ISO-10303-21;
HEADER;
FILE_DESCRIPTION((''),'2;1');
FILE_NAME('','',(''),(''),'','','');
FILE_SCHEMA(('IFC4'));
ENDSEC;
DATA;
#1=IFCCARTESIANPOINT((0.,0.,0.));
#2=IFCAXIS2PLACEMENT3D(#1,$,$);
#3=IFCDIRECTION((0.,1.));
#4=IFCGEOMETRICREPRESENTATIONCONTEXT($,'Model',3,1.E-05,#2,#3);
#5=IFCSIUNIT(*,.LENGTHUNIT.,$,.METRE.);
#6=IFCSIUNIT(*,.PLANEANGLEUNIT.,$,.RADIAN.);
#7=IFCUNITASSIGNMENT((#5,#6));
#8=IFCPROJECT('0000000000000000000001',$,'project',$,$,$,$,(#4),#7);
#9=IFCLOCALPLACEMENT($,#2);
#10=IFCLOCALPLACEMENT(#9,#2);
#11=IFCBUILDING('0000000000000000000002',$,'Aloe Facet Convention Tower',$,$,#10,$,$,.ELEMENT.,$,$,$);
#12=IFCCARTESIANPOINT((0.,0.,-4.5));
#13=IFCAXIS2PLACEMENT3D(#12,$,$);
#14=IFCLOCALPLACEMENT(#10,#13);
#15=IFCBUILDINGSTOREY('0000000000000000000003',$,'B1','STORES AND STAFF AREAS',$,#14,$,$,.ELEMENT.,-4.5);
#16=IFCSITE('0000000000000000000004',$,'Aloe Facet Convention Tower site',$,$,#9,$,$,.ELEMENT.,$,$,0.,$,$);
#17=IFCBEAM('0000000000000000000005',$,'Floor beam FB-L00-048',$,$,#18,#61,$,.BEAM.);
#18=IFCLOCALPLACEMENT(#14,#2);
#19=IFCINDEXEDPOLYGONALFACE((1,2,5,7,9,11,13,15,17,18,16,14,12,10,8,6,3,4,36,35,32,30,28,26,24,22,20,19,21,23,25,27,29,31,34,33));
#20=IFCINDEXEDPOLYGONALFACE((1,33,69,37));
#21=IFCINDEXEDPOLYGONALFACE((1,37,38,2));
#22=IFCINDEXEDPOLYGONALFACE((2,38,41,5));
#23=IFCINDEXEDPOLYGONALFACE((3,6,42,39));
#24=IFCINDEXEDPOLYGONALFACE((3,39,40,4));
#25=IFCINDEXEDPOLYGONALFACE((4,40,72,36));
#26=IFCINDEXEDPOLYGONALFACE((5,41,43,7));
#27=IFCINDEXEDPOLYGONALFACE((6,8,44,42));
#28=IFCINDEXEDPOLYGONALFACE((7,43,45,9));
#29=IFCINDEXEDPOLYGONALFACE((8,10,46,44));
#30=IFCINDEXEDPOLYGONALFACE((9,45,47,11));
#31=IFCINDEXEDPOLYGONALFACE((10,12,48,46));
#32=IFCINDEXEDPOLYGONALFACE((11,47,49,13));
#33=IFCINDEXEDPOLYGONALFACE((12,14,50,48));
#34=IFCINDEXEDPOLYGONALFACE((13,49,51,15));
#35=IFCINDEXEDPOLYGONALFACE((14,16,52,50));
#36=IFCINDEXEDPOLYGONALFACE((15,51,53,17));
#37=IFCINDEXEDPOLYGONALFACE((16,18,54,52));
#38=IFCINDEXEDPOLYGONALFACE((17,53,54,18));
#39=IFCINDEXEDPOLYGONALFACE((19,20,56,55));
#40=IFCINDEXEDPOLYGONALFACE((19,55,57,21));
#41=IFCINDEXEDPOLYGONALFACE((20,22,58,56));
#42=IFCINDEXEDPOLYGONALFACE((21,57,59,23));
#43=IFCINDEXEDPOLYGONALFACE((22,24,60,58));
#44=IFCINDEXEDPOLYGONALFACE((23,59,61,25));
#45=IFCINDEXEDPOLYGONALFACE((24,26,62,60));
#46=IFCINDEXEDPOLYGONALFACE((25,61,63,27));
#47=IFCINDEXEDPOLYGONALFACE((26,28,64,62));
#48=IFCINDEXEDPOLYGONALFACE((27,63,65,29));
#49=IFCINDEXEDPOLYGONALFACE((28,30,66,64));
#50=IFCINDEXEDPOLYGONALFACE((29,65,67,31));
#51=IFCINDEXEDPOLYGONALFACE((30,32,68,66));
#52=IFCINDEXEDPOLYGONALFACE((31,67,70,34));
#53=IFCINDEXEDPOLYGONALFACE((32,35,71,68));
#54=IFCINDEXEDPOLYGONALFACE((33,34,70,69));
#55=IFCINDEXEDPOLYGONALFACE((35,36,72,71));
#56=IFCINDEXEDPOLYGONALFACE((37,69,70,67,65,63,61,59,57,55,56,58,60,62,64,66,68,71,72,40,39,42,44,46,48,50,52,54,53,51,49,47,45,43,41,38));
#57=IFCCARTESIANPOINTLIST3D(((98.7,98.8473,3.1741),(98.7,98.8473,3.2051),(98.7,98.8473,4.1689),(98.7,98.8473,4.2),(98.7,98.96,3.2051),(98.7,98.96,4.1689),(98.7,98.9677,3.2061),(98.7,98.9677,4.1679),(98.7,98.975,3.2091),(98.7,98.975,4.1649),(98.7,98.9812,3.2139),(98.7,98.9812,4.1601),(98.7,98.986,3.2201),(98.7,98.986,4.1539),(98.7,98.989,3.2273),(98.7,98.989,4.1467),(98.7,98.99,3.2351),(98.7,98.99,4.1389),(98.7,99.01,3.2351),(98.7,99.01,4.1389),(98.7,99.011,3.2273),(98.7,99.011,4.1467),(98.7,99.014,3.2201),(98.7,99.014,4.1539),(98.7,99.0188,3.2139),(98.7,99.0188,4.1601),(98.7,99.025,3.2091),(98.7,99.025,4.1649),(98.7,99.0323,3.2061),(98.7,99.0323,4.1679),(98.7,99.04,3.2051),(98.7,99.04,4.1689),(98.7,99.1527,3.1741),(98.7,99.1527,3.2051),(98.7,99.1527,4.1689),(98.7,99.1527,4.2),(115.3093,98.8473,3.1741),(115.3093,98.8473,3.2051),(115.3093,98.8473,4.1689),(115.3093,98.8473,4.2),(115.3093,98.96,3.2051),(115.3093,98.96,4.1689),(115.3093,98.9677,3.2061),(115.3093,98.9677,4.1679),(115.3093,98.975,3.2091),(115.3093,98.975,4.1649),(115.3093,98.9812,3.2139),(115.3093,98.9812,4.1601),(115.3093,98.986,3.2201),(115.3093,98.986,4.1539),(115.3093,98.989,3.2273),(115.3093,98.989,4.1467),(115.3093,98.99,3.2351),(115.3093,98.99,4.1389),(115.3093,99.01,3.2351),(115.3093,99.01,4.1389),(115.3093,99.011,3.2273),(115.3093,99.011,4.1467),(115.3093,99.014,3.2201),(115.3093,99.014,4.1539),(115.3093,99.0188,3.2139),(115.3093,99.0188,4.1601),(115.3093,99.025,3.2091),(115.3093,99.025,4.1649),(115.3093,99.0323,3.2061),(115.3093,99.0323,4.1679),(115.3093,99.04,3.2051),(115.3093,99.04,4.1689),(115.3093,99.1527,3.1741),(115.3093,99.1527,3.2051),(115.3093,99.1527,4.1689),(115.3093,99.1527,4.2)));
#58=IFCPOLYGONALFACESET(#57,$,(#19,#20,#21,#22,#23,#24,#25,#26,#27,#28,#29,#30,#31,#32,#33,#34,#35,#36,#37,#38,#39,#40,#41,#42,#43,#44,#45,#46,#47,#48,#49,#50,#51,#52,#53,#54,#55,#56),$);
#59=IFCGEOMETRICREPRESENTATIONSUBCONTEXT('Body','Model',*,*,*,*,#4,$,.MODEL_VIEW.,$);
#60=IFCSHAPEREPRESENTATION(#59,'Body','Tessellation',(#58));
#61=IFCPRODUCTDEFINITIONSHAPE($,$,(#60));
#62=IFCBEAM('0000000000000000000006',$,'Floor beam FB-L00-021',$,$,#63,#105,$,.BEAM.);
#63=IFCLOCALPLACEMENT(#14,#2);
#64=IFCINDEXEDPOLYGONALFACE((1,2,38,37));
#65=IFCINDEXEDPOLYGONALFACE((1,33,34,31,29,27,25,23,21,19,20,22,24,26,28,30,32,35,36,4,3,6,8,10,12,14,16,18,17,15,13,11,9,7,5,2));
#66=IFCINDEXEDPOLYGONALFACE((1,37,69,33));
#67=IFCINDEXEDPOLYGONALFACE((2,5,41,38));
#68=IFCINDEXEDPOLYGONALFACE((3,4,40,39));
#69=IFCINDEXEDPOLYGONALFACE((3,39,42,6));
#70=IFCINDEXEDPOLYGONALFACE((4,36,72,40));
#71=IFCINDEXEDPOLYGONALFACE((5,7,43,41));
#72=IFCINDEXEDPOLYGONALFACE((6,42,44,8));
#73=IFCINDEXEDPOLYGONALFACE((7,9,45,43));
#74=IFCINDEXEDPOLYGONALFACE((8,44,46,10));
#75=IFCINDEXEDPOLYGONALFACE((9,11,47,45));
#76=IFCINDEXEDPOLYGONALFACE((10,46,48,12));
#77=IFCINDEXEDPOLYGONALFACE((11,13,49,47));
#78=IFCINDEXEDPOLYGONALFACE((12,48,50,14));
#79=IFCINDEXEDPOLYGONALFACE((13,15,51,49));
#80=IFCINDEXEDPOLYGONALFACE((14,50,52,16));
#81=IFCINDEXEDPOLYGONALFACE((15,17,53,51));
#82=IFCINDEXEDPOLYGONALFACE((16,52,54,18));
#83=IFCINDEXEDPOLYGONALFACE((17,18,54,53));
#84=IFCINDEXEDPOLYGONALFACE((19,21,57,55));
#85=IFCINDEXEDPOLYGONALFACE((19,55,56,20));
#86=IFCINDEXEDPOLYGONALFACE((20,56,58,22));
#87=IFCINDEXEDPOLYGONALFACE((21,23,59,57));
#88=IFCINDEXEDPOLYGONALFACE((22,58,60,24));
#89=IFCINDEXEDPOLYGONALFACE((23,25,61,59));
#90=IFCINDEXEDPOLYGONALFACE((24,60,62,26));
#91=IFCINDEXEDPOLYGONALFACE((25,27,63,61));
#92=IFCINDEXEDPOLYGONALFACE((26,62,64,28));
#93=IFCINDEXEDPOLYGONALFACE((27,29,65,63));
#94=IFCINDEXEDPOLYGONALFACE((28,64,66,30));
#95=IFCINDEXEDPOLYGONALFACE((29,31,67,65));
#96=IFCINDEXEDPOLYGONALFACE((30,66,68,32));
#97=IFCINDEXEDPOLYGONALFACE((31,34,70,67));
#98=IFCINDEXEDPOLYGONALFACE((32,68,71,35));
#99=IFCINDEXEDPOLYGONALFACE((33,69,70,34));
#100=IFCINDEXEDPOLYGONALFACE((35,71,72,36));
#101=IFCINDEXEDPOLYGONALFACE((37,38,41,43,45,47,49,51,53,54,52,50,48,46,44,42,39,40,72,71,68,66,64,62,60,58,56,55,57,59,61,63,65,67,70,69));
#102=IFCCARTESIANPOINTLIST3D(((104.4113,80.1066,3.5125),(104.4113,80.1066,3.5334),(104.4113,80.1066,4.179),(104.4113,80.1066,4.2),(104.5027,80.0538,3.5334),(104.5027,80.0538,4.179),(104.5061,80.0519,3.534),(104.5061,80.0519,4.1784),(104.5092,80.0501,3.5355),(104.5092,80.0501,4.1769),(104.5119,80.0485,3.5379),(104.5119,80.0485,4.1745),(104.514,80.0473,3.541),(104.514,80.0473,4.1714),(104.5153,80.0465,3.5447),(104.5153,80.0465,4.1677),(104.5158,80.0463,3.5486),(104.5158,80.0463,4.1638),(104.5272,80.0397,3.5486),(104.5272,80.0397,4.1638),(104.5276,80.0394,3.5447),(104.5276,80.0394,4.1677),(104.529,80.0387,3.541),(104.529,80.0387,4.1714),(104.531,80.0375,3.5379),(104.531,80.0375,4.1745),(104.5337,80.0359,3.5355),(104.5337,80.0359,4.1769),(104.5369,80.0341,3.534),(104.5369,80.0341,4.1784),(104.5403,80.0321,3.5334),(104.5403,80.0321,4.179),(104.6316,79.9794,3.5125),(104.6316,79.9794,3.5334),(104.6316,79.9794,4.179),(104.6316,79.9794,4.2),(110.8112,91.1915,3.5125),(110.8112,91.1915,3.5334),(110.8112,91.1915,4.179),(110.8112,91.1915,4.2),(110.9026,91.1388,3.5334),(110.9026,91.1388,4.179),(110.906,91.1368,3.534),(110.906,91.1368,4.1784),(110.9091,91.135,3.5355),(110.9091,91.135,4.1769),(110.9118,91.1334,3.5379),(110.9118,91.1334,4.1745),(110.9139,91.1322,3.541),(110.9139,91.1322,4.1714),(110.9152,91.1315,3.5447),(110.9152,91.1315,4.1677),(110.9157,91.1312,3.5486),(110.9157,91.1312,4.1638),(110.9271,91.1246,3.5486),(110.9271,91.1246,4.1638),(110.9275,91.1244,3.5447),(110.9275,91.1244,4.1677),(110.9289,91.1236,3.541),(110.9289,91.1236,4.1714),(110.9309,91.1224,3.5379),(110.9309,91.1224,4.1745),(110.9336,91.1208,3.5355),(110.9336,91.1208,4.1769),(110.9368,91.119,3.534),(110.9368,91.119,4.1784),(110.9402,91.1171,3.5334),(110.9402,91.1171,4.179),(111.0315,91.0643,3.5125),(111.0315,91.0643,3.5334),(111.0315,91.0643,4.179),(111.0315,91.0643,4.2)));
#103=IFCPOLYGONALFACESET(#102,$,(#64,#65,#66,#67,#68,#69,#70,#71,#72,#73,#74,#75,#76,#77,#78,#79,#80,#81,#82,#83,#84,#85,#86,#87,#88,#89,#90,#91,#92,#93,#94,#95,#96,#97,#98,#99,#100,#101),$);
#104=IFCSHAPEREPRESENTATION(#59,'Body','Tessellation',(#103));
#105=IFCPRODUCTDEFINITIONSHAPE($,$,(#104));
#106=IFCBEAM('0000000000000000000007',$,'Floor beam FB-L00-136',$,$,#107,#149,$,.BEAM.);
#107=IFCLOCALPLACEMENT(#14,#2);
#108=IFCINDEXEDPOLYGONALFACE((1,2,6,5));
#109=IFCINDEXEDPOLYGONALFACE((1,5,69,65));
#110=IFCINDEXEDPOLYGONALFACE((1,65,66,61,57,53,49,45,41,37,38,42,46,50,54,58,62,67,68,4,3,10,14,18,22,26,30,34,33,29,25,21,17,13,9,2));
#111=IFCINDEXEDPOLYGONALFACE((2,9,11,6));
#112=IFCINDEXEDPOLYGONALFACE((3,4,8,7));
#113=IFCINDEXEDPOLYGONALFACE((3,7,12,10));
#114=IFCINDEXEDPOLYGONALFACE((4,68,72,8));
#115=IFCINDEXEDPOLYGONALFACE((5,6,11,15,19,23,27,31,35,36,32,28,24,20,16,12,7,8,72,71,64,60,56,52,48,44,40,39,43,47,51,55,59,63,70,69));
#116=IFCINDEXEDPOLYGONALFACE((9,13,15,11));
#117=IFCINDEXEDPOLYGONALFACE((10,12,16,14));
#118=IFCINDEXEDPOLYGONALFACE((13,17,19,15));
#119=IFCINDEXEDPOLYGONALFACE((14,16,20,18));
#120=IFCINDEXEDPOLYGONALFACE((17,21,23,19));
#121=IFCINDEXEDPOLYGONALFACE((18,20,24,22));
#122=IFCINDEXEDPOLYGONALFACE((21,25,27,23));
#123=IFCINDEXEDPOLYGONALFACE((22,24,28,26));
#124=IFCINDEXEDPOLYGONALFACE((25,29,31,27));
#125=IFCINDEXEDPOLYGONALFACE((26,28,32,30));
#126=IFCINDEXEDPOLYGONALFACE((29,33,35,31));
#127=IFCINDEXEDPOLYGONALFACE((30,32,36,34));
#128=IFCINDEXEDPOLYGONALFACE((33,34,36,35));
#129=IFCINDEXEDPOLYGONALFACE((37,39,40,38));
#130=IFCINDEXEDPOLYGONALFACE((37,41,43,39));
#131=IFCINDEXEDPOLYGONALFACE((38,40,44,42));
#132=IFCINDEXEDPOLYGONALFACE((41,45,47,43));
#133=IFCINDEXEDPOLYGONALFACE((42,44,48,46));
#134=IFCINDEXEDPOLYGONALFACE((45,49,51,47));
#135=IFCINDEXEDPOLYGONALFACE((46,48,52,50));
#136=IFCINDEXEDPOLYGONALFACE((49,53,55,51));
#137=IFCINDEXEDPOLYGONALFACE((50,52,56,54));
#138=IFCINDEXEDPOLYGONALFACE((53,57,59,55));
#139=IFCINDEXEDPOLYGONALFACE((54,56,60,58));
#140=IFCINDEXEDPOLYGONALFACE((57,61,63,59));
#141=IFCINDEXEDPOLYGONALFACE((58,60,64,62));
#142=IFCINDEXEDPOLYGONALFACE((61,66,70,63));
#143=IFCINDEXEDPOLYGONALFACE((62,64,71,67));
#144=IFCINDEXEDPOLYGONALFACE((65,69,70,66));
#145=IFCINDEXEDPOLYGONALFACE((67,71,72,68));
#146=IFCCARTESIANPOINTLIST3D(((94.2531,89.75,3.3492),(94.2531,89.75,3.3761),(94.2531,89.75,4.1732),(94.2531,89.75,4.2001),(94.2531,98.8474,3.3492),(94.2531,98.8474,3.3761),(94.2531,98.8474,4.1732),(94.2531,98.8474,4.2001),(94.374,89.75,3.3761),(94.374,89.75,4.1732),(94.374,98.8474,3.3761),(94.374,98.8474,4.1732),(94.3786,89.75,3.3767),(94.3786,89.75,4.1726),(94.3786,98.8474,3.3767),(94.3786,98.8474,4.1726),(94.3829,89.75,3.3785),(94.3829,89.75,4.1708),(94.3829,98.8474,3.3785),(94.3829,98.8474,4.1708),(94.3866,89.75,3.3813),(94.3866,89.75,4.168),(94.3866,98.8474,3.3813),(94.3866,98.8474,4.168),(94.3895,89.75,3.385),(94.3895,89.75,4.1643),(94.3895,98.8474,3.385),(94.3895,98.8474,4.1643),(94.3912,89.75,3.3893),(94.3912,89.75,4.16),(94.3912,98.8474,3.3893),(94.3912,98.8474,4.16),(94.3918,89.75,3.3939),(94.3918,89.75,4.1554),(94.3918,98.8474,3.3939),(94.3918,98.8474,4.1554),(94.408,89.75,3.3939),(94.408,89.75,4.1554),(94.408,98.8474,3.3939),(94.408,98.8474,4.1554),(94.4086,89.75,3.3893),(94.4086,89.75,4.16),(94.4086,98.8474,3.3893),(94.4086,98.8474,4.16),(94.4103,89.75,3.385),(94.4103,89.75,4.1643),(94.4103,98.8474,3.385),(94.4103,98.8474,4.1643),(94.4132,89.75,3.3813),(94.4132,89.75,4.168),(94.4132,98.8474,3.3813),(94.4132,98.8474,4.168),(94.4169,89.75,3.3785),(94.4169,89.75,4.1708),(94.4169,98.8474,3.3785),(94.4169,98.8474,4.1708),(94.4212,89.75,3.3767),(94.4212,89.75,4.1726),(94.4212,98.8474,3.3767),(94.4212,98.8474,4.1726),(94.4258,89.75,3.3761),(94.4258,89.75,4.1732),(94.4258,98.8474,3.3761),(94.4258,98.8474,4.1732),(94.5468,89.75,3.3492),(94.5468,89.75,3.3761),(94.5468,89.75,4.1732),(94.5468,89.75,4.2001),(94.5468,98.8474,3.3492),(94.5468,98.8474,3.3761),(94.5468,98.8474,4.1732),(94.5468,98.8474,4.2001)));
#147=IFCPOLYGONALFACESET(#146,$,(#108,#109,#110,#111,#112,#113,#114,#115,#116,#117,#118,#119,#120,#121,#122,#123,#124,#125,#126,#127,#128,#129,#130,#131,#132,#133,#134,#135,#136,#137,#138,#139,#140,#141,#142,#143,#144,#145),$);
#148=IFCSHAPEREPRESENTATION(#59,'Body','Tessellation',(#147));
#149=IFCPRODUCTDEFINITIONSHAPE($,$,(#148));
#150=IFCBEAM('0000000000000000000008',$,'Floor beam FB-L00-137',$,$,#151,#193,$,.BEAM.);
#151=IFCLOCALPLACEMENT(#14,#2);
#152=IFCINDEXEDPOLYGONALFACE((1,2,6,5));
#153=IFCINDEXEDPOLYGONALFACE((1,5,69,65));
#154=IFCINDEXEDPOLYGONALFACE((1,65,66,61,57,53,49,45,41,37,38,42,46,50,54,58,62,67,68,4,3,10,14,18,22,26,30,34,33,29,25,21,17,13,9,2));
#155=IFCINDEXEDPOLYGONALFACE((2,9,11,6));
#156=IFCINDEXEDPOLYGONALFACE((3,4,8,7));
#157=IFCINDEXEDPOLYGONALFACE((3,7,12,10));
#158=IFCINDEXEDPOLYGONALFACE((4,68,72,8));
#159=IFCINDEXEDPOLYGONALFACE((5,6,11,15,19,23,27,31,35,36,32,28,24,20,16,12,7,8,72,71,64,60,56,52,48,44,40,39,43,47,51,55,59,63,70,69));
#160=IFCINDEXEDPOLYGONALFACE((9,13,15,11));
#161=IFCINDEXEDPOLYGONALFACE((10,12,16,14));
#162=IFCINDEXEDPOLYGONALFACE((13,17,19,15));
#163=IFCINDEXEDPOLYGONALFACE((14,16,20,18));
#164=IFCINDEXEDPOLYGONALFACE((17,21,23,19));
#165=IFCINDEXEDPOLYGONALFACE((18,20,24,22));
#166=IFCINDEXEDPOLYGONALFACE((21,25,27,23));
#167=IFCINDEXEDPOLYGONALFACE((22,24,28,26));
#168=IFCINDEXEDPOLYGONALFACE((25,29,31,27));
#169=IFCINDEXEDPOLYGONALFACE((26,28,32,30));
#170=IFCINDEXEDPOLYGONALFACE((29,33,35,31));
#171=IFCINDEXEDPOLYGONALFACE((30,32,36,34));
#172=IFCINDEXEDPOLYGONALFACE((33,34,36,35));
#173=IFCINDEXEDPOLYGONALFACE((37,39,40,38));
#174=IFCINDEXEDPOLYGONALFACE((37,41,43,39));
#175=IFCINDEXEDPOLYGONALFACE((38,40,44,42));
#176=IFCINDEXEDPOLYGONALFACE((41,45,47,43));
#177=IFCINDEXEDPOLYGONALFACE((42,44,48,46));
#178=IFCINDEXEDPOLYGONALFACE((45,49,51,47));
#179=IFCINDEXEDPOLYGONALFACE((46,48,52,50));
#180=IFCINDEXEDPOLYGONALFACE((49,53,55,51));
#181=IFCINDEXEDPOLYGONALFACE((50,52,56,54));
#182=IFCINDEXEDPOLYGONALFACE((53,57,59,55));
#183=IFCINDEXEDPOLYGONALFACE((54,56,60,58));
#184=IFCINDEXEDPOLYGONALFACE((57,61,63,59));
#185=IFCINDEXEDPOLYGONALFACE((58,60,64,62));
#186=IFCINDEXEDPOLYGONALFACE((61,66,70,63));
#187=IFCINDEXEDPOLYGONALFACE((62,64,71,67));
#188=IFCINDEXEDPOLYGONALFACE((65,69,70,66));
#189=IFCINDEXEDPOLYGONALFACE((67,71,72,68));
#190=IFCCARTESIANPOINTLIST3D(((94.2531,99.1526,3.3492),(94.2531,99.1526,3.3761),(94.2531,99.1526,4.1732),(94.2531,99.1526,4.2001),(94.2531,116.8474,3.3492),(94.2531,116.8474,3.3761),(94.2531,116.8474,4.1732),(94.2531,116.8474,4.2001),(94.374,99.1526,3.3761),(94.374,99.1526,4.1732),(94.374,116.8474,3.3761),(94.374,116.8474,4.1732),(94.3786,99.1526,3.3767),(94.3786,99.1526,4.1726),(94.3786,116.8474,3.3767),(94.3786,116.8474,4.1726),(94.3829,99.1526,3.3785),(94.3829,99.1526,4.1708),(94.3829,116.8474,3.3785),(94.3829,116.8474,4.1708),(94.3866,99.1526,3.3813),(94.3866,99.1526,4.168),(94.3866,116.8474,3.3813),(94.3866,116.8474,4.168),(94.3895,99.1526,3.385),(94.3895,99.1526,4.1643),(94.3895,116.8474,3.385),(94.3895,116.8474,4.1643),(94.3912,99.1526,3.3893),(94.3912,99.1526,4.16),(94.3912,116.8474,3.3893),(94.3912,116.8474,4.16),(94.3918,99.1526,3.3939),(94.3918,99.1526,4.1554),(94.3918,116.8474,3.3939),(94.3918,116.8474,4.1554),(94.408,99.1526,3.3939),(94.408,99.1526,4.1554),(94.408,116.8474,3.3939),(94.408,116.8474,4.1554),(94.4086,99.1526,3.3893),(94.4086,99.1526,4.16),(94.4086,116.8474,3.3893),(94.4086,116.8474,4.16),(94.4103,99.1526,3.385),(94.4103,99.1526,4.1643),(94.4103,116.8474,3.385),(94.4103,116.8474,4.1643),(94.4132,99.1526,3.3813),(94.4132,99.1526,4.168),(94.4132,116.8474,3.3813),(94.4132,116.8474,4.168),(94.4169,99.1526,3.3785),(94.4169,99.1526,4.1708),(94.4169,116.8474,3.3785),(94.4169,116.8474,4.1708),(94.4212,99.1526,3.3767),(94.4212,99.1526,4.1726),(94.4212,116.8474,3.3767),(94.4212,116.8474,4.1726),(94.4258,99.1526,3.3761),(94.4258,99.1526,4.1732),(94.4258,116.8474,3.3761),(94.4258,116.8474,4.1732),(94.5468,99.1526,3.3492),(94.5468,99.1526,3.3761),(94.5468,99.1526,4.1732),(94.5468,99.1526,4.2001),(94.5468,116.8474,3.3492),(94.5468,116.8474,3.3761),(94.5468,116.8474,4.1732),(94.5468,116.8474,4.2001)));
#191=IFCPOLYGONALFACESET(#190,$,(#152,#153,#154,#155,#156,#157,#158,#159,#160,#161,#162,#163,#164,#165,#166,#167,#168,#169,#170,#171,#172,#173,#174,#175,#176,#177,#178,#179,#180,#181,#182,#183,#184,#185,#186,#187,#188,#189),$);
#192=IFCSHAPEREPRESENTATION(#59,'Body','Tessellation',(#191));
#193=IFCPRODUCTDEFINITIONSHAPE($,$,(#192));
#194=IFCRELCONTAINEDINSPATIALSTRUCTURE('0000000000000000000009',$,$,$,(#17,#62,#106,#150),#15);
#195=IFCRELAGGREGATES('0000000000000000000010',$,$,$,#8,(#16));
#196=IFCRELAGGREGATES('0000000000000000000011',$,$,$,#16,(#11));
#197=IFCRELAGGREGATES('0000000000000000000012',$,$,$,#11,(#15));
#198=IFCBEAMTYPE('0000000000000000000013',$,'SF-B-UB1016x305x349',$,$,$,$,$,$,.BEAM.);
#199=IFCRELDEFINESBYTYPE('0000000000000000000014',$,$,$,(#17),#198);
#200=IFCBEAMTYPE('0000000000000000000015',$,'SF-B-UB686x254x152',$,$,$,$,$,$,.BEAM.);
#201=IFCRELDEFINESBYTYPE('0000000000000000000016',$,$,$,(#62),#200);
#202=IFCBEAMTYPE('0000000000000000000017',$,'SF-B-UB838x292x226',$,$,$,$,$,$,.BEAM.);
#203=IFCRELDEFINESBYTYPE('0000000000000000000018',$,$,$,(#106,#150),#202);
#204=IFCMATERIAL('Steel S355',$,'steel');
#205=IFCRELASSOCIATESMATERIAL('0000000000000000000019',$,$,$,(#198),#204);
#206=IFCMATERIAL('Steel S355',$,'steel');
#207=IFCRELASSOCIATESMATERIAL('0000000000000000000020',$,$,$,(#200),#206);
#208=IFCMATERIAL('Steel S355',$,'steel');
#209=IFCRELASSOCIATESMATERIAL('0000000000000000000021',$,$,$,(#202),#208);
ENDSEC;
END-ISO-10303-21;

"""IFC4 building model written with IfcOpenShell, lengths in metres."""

from ifc_helpers import new_model, si_unit, direction, frame, origin, origin_2d, place, context, subcontext, project, spatial, i_section, extrude, material, material_profile, profile_set, type_object, element, save


model = new_model("IFC4")

# Units and contexts
model_context = context("Model", 3, precision=1e-05, world=origin(), true_north=direction((0.0, 1.0)))
body_context = subcontext(model_context, "Body", "Model", "MODEL_VIEW")
ifc_project = project(units=[si_unit("LENGTHUNIT", "METRE"), si_unit("PLANEANGLEUNIT", "RADIAN")], contexts=[model_context])

# Site, building, storey
site_placement = place(None, origin())
site = spatial("IfcSite", under=ifc_project, at=site_placement, Name="Aloe Facet Convention Tower site", CompositionType="ELEMENT", RefElevation=0.0)
building_placement = place(site_placement, origin())
building = spatial("IfcBuilding", under=site, at=building_placement, Name="Aloe Facet Convention Tower", CompositionType="ELEMENT")
storey_placement = place(building_placement, frame((0.0, 0.0, -4.5)))
storey = spatial("IfcBuildingStorey", under=building, at=storey_placement, Name="B1", Description="STORES AND STAFF AREAS", CompositionType="ELEMENT", Elevation=-4.5)

# Beams
ifc_material_1 = material(Name="Steel S355", Category="steel")
ifc_material_profile_1 = material_profile(ifc_material_1, i_section(OverallWidth=0.3054, OverallDepth=1.0259, WebThickness=0.02, FlangeThickness=0.031, FilletRadius=0.03, at=origin_2d()), Name="UB 1016x305x349")
ifc_profile_set_1 = profile_set([ifc_material_profile_1], Name="Steel S355")
beam_type_1 = type_object("IfcBeamType", Name="SF-B-UB1016x305x349", PredefinedType="BEAM", material=ifc_profile_set_1)
beam_1_placement = place(storey_placement, frame((98.7, 99.0, 3.687), z_axis=(1.0, 0.0, 0.0), x_axis=(0.0, 1.0, 0.0)))
element("IfcBeam", 1, at=beam_1_placement, inside=storey, type_object=beam_type_1, Name="Floor beam FB-L00-048", PredefinedType="BEAM", context=body_context, shape_type="SweptSolid", body=[
    extrude(i_section(OverallWidth=0.3054, OverallDepth=1.0259, WebThickness=0.02, FlangeThickness=0.031, FilletRadius=0.03, at=origin_2d()), origin(), (0.0, 0.0, 1.0), 16.6094),
])
ifc_material_2 = material(Name="Steel S355", Category="steel")
ifc_material_profile_2 = material_profile(ifc_material_2, i_section(OverallWidth=0.2544, OverallDepth=0.6875, WebThickness=0.0132, FlangeThickness=0.021, FilletRadius=0.0151, at=origin_2d()), Name="UB 686x254x152")
ifc_profile_set_2 = profile_set([ifc_material_profile_2], Name="Steel S355")
beam_type_2 = type_object("IfcBeamType", Name="SF-B-UB686x254x152", PredefinedType="BEAM", material=ifc_profile_set_2)
beam_2_placement = place(storey_placement, frame((110.9214, 91.1279, 3.8562), z_axis=(-0.5, -0.866025, 0.0), x_axis=(0.866025, -0.5, 0.0)))
element("IfcBeam", 2, at=beam_2_placement, inside=storey, type_object=beam_type_2, Name="Floor beam FB-L00-021", PredefinedType="BEAM", context=body_context, shape_type="SweptSolid", body=[
    extrude(i_section(OverallWidth=0.2544, OverallDepth=0.6875, WebThickness=0.0132, FlangeThickness=0.021, FilletRadius=0.0151, at=origin_2d()), origin(), (0.0, 0.0, 1.0), 12.7998),
])
ifc_material_3 = material(Name="Steel S355", Category="steel")
ifc_material_profile_3 = material_profile(ifc_material_3, i_section(OverallWidth=0.2937, OverallDepth=0.8508, WebThickness=0.0161, FlangeThickness=0.0269, FilletRadius=0.0178, at=origin_2d()), Name="UB 838x292x226")
ifc_profile_set_3 = profile_set([ifc_material_profile_3], Name="Steel S355")
beam_type_3 = type_object("IfcBeamType", Name="SF-B-UB838x292x226", PredefinedType="BEAM", material=ifc_profile_set_3)
beam_3_placement = place(storey_placement, frame((94.3999, 89.75, 3.7747), z_axis=(0.0, 1.0, 0.0), x_axis=(-1.0, 0.0, 0.0)))
element("IfcBeam", 3, at=beam_3_placement, inside=storey, type_object=beam_type_3, Name="Floor beam FB-L00-136", PredefinedType="BEAM", context=body_context, shape_type="SweptSolid", body=[
    extrude(i_section(OverallWidth=0.2937, OverallDepth=0.8508, WebThickness=0.0161, FlangeThickness=0.0269, FilletRadius=0.0178, at=origin_2d()), origin(), (0.0, 0.0, 1.0), 9.0974),
])
beam_4_placement = place(storey_placement, frame((94.3999, 99.1526, 3.7747), z_axis=(0.0, 1.0, 0.0), x_axis=(-1.0, 0.0, 0.0)))
element("IfcBeam", 4, at=beam_4_placement, inside=storey, type_object=beam_type_3, Name="Floor beam FB-L00-137", PredefinedType="BEAM", context=body_context, shape_type="SweptSolid", body=[
    extrude(i_section(OverallWidth=0.2937, OverallDepth=0.8508, WebThickness=0.0161, FlangeThickness=0.0269, FilletRadius=0.0178, at=origin_2d()), origin(), (0.0, 0.0, 1.0), 17.6948),
])

save(model, "model.ifc")
